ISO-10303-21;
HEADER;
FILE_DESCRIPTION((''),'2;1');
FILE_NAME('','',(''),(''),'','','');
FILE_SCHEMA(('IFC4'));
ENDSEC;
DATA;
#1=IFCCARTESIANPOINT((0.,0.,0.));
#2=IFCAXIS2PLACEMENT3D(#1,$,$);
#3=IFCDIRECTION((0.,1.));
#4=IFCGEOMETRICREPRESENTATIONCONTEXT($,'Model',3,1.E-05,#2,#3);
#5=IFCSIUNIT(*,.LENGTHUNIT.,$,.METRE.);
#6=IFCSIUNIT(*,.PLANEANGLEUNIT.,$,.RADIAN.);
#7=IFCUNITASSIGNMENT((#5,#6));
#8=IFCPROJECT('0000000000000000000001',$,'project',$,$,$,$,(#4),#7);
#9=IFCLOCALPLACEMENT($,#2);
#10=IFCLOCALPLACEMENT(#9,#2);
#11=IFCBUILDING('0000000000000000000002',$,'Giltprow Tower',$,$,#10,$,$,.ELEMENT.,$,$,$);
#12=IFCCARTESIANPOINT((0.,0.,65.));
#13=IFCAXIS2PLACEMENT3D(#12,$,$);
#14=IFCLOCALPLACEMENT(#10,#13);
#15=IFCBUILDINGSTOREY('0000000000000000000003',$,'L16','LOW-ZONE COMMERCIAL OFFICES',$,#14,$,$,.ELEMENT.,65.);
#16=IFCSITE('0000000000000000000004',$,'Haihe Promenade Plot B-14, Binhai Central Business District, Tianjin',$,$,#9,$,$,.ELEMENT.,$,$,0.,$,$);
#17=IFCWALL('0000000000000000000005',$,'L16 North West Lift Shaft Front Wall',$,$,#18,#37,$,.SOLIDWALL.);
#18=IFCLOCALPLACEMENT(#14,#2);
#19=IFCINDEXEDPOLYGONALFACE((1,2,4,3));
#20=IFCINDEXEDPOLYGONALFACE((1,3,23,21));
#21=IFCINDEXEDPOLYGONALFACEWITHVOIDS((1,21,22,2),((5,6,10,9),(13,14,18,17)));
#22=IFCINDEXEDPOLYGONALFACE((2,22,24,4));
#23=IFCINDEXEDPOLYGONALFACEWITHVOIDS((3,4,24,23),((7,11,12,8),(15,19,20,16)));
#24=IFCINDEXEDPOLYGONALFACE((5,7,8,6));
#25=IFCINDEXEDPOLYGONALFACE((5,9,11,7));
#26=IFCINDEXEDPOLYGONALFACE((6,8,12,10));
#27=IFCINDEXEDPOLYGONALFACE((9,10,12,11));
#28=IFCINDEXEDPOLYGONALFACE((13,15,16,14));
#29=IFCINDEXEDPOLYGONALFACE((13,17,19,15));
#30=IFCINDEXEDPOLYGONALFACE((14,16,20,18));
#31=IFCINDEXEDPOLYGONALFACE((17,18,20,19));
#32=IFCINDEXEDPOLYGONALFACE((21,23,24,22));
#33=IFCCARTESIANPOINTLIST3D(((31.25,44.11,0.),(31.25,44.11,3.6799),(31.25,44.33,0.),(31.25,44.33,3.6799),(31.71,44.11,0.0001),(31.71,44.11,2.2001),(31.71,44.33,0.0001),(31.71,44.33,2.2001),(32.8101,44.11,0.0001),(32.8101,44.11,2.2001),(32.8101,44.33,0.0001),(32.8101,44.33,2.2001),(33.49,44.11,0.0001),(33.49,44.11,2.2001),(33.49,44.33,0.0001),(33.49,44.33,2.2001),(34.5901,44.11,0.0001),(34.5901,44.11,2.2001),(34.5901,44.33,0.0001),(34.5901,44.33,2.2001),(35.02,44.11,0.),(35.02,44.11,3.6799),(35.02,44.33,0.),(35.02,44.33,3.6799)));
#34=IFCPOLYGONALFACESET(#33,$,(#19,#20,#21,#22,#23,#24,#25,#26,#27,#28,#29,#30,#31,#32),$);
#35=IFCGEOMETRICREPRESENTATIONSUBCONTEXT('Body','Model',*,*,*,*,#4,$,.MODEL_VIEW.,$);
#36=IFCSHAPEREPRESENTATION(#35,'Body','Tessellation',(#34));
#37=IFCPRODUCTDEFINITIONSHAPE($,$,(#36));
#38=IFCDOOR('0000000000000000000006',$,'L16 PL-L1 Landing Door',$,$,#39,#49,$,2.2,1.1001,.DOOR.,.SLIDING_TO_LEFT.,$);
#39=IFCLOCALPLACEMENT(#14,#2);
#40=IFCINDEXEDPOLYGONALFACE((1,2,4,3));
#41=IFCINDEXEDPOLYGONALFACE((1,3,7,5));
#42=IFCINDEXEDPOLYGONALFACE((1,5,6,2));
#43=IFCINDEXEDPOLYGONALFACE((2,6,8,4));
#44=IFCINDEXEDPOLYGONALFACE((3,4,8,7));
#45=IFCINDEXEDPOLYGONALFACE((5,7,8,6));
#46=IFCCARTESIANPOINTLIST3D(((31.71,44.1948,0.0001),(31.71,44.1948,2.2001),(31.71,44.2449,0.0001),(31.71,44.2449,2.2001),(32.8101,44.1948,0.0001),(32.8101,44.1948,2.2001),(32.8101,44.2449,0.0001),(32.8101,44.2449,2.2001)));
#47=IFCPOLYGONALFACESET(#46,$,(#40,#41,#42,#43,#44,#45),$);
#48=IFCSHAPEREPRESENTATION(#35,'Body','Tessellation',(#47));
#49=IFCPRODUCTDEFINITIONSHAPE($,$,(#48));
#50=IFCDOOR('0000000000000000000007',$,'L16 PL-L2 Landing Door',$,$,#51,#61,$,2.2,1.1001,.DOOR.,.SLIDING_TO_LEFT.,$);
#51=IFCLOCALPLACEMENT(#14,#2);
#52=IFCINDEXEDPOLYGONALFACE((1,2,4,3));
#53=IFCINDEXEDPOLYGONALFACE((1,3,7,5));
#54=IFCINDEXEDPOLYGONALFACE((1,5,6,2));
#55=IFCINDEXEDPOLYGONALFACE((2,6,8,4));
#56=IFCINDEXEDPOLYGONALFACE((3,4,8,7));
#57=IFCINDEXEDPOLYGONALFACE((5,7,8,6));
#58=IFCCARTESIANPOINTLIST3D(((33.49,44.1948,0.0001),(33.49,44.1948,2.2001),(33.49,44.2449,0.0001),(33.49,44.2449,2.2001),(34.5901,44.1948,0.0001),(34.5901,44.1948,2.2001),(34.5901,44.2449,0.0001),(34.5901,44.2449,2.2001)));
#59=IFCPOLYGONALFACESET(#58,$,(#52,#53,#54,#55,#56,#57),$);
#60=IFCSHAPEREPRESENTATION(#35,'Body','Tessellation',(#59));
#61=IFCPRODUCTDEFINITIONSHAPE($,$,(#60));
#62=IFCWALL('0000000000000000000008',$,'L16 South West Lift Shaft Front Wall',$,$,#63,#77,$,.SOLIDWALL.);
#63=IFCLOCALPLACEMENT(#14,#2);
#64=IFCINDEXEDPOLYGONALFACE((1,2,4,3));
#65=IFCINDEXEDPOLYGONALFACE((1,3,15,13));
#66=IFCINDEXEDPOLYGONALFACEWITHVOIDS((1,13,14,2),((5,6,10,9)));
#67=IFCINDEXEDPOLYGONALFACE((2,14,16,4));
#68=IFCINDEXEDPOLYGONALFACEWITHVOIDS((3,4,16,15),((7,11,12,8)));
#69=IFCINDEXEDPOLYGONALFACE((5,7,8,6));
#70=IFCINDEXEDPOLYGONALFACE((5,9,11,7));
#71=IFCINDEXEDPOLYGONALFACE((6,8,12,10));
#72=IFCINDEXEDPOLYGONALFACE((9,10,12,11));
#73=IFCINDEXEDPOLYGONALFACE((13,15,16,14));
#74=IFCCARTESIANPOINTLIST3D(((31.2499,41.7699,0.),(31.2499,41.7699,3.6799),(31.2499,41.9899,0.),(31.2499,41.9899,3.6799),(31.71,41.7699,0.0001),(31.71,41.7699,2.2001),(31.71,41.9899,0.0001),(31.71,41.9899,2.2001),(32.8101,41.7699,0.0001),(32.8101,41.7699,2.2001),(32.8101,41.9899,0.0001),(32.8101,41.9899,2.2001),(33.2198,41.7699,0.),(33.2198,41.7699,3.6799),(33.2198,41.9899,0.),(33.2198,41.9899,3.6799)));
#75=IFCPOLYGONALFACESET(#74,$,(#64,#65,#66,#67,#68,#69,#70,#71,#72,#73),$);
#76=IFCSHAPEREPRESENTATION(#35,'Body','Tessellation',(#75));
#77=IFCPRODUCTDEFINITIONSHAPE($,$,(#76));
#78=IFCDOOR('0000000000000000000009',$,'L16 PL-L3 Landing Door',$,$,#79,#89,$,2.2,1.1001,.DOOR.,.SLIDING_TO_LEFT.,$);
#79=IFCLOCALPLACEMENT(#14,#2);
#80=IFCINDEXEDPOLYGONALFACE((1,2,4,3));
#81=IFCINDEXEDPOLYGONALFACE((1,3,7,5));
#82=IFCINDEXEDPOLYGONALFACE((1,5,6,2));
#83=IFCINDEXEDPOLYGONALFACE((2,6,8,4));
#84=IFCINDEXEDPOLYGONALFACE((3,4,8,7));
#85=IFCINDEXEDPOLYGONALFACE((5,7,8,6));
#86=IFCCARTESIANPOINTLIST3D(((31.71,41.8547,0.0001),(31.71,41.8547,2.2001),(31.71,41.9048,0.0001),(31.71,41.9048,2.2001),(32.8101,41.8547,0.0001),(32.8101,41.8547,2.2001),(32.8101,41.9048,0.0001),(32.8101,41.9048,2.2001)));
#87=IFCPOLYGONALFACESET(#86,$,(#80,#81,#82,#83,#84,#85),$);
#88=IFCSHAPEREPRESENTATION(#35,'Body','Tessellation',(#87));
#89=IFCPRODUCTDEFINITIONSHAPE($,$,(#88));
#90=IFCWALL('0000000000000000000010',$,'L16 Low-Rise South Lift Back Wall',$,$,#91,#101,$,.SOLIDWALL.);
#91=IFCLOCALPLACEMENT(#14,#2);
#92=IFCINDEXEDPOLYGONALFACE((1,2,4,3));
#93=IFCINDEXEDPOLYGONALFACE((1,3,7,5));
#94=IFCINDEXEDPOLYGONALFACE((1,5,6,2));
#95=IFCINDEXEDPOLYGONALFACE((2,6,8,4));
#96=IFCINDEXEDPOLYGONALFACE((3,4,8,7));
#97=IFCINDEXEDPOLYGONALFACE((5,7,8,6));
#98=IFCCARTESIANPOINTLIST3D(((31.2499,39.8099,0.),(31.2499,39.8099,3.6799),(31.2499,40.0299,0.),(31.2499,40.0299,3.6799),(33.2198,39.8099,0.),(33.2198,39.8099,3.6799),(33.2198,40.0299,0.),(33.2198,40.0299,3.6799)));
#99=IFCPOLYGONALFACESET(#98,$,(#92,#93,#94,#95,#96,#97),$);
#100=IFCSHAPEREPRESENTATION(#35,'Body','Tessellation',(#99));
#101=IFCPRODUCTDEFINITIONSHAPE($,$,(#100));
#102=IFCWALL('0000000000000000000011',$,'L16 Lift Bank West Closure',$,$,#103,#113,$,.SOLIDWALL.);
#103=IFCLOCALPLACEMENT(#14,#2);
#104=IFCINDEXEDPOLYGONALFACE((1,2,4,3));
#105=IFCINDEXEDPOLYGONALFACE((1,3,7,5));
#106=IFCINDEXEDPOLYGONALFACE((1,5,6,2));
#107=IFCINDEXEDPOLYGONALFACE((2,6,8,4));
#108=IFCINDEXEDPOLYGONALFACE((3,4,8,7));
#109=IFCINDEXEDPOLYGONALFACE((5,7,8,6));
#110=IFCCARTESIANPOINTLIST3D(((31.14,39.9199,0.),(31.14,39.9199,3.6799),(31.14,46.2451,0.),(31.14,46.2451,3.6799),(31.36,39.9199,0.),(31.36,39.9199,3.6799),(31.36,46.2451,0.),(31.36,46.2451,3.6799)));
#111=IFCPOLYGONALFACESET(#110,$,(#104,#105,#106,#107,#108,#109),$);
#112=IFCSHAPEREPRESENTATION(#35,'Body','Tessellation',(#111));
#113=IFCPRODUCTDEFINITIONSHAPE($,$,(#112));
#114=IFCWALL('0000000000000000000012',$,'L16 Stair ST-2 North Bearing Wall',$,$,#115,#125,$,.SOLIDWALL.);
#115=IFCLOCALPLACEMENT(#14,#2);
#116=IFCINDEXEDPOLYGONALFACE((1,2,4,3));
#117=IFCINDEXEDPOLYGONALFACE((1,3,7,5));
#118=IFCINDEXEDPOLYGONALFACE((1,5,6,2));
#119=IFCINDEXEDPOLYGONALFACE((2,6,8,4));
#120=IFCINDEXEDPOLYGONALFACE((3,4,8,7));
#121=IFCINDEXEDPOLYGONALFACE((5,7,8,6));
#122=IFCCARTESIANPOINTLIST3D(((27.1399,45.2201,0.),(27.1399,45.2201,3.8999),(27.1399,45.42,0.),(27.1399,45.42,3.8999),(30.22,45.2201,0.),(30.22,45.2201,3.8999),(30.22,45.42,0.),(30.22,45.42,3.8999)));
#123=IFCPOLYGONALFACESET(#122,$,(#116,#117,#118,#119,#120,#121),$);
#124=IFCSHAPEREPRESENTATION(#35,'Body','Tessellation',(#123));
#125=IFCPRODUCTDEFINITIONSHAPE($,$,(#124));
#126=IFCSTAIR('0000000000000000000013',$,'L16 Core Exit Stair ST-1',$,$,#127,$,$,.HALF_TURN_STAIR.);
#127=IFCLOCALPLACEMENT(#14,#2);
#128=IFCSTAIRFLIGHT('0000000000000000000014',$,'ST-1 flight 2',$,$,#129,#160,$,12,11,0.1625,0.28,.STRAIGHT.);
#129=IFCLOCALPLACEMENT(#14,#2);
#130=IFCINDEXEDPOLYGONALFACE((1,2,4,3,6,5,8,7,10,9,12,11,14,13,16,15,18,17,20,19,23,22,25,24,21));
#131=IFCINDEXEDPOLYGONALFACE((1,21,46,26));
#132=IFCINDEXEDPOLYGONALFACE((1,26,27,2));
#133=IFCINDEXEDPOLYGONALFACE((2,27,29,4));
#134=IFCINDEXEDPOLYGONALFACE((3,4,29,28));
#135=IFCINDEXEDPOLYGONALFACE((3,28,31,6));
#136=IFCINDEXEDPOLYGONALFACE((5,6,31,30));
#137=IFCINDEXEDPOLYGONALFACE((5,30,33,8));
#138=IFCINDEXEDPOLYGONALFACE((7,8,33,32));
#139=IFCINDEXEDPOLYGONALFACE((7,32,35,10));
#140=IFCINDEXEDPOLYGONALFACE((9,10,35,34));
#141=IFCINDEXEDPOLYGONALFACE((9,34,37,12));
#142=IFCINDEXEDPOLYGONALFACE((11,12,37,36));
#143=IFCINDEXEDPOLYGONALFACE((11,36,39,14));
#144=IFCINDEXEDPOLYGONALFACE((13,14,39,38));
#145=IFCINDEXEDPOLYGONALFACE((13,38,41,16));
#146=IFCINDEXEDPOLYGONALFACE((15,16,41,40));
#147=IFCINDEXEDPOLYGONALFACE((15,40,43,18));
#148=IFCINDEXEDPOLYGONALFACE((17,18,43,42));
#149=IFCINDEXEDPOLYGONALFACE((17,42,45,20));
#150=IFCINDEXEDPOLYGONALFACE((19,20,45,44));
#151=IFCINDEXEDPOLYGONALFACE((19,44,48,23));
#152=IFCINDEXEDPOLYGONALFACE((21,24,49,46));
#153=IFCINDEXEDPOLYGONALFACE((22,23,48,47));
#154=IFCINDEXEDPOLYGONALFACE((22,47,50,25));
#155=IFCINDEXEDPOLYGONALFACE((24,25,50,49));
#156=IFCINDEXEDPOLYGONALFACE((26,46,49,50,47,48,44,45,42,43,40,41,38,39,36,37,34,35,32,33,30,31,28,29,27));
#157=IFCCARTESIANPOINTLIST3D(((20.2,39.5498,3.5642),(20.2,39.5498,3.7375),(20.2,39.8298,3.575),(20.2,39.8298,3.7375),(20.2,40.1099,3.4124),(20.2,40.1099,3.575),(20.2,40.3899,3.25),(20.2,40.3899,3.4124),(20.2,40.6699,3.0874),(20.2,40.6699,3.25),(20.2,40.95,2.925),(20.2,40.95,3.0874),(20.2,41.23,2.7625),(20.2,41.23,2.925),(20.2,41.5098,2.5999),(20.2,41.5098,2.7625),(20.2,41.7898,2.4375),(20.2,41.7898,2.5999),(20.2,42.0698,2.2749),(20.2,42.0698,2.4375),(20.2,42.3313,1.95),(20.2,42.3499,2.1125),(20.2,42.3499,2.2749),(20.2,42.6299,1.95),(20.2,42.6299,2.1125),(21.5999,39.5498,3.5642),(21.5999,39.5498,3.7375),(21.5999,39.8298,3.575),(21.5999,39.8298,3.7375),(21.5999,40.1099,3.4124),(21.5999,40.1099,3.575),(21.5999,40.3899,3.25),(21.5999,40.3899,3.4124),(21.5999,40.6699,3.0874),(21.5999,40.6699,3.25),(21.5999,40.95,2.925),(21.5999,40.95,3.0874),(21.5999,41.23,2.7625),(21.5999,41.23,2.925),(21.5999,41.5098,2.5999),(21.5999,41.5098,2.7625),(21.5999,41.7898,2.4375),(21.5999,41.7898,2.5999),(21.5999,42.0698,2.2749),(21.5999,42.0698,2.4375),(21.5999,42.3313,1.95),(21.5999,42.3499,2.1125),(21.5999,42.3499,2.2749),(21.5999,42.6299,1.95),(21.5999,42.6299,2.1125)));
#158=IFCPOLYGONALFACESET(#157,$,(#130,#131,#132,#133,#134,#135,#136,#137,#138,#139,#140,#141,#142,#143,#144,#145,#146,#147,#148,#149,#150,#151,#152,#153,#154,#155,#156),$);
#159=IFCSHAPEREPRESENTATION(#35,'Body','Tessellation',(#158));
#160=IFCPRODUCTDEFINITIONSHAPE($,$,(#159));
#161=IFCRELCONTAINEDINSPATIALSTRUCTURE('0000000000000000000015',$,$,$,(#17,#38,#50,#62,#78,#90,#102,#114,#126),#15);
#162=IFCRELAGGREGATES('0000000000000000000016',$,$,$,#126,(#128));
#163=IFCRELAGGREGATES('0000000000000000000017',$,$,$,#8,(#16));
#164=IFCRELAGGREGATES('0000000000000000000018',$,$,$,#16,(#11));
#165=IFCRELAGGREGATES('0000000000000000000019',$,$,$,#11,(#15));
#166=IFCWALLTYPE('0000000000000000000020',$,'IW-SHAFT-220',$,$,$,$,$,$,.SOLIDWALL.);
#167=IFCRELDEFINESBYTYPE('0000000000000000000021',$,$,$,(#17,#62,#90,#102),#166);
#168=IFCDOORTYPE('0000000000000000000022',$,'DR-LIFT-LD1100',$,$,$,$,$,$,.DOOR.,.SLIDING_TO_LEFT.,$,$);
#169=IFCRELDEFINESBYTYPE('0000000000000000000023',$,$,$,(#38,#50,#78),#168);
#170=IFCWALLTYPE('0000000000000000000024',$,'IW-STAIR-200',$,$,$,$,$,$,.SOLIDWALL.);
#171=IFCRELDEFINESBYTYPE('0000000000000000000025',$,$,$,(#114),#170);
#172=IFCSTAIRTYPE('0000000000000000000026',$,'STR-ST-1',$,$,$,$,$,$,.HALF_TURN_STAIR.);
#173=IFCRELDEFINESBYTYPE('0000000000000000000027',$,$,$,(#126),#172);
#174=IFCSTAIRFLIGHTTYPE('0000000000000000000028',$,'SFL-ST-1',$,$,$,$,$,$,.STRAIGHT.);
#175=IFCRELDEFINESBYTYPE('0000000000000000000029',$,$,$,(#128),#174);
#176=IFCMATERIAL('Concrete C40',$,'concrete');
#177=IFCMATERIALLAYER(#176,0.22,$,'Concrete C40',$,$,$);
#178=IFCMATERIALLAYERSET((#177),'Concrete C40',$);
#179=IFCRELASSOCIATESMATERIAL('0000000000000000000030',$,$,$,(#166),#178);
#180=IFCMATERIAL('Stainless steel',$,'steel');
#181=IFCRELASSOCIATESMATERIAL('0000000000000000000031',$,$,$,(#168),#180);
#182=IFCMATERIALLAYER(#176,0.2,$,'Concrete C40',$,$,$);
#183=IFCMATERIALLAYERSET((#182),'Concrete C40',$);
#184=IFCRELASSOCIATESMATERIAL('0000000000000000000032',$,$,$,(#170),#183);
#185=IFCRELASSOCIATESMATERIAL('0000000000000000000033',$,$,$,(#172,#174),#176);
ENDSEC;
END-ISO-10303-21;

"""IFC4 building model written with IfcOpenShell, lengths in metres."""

from ifc_helpers import new_model, si_unit, direction, frame, frame_2d, origin, place, context, subcontext, project, spatial, polyline, rectangle, outline, extrude, source, transform, mapped, material, layer, layer_set, type_object, element, fill, aggregate, save


model = new_model("IFC4")

# Units and contexts
model_context = context("Model", 3, precision=1e-05, world=origin(), true_north=direction((0.0, 1.0)))
body_context = subcontext(model_context, "Body", "Model", "MODEL_VIEW")
ifc_project = project(units=[si_unit("LENGTHUNIT", "METRE"), si_unit("PLANEANGLEUNIT", "RADIAN")], contexts=[model_context])

# Site, building, storey
site_placement = place(None, origin())
site = spatial("IfcSite", under=ifc_project, at=site_placement, Name="Haihe Promenade Plot B-14, Binhai Central Business District, Tianjin", CompositionType="ELEMENT", RefElevation=0.0)
building_placement = place(site_placement, origin())
building = spatial("IfcBuilding", under=site, at=building_placement, Name="Giltprow Tower", CompositionType="ELEMENT")
storey_placement = place(building_placement, frame((0.0, 0.0, 65.0)))
storey = spatial("IfcBuildingStorey", under=building, at=storey_placement, Name="L16", Description="LOW-ZONE COMMERCIAL OFFICES", CompositionType="ELEMENT", Elevation=65.0)

# Shared definitions
ifc_material_1 = material(Name="Concrete C40", Category="concrete")
ifc_layer_1 = layer(ifc_material_1, 0.22, Name="Concrete C40")
ifc_layer_set_1 = layer_set([ifc_layer_1], Name="Concrete C40")
wall_type_1 = type_object("IfcWallType", Name="IW-SHAFT-220", PredefinedType="SOLIDWALL", material=ifc_layer_set_1)
ifc_material_2 = material(Name="Stainless steel", Category="steel")
door_type = type_object("IfcDoorType", Name="DR-LIFT-LD1100", OperationType="SLIDING_TO_LEFT", PredefinedType="DOOR", material=ifc_material_2)
shared_shape_1 = source(origin(), body_context, "Body", "SweptSolid", [
    extrude(rectangle(XDim=1.1001, YDim=2.2, at=frame_2d((0.55, 1.1001))), frame((0.0, 0.0249, 0.0), z_axis=(0.0, -1.0, 0.0), x_axis=(1.0, 0.0, 0.0)), (0.0, 0.0, 1.0), 0.05),
])

# Wall, openings, doors
wall_1_placement = place(storey_placement, frame((31.25, 44.22, 0.0), z_axis=(0.0, 0.0, 1.0), x_axis=(1.0, 0.0, 0.0)))
wall_1 = element("IfcWall", 1, at=wall_1_placement, inside=storey, type_object=wall_type_1, Name="L16 North West Lift Shaft Front Wall", PredefinedType="SOLIDWALL", context=body_context, shape_type="SweptSolid", body=[
    extrude(rectangle(XDim=3.77, YDim=0.22, at=frame_2d((1.885, 0.0))), origin(), (0.0, 0.0, 1.0), 3.6799),
])
opening_1_placement = place(wall_1_placement, frame((0.46, 0.0, 0.0)))
opening_1 = element("IfcOpeningElement", 2, at=opening_1_placement, cuts=wall_1, PredefinedType="OPENING", context=body_context, shape_type="SweptSolid", body=[
    extrude(rectangle(XDim=1.1001, YDim=2.2, at=frame_2d((0.55, 1.1001))), frame((0.0, 0.1199, 0.0), z_axis=(0.0, -1.0, 0.0), x_axis=(1.0, 0.0, 0.0)), (0.0, 0.0, 1.0), 0.24),
])
opening_2_placement = place(wall_1_placement, frame((2.24, 0.0, 0.0)))
opening_2 = element("IfcOpeningElement", 3, at=opening_2_placement, cuts=wall_1, PredefinedType="OPENING", context=body_context, shape_type="SweptSolid", body=[
    extrude(rectangle(XDim=1.1001, YDim=2.2, at=frame_2d((0.55, 1.1001))), frame((0.0, 0.1199, 0.0), z_axis=(0.0, -1.0, 0.0), x_axis=(1.0, 0.0, 0.0)), (0.0, 0.0, 1.0), 0.24),
])
door_1_placement = place(opening_1_placement, origin())
door_1 = element("IfcDoor", 4, at=door_1_placement, inside=storey, type_object=door_type, Name="L16 PL-L1 Landing Door", OperationType="SLIDING_TO_LEFT", OverallHeight=2.2, OverallWidth=1.1001, PredefinedType="DOOR", context=body_context, shape_type="MappedRepresentation", body=[
    mapped(shared_shape_1, transform((0.0, 0.0, 0.0), x_axis=(1.0, 0.0, 0.0), y_axis=(0.0, 1.0, 0.0), z_axis=(0.0, 0.0, 1.0), scale=1.0)),
])
fill(opening_1, door_1)
door_2_placement = place(opening_2_placement, origin())
door_2 = element("IfcDoor", 5, at=door_2_placement, inside=storey, type_object=door_type, Name="L16 PL-L2 Landing Door", OperationType="SLIDING_TO_LEFT", OverallHeight=2.2, OverallWidth=1.1001, PredefinedType="DOOR", context=body_context, shape_type="MappedRepresentation", body=[
    mapped(shared_shape_1, transform((0.0, 0.0, 0.0), x_axis=(1.0, 0.0, 0.0), y_axis=(0.0, 1.0, 0.0), z_axis=(0.0, 0.0, 1.0), scale=1.0)),
])
fill(opening_2, door_2)

# Wall, opening, door
wall_2_placement = place(storey_placement, frame((31.25, 41.8799, 0.0), z_axis=(0.0, 0.0, 1.0), x_axis=(1.0, 0.0, 0.0)))
wall_2 = element("IfcWall", 6, at=wall_2_placement, inside=storey, type_object=wall_type_1, Name="L16 South West Lift Shaft Front Wall", PredefinedType="SOLIDWALL", context=body_context, shape_type="SweptSolid", body=[
    extrude(rectangle(XDim=1.97, YDim=0.22, at=frame_2d((0.9849, 0.0))), origin(), (0.0, 0.0, 1.0), 3.6799),
])
opening_3_placement = place(wall_2_placement, frame((0.46, 0.0, 0.0)))
opening_3 = element("IfcOpeningElement", 7, at=opening_3_placement, cuts=wall_2, PredefinedType="OPENING", context=body_context, shape_type="SweptSolid", body=[
    extrude(rectangle(XDim=1.1001, YDim=2.2, at=frame_2d((0.55, 1.1001))), frame((0.0, 0.1199, 0.0), z_axis=(0.0, -1.0, 0.0), x_axis=(1.0, 0.0, 0.0)), (0.0, 0.0, 1.0), 0.24),
])
door_3_placement = place(opening_3_placement, origin())
door_3 = element("IfcDoor", 8, at=door_3_placement, inside=storey, type_object=door_type, Name="L16 PL-L3 Landing Door", OperationType="SLIDING_TO_LEFT", OverallHeight=2.2, OverallWidth=1.1001, PredefinedType="DOOR", context=body_context, shape_type="MappedRepresentation", body=[
    mapped(shared_shape_1, transform((0.0, 0.0, 0.0), x_axis=(1.0, 0.0, 0.0), y_axis=(0.0, 1.0, 0.0), z_axis=(0.0, 0.0, 1.0), scale=1.0)),
])
fill(opening_3, door_3)

# Walls
wall_3_placement = place(storey_placement, frame((31.25, 39.9199, 0.0), z_axis=(0.0, 0.0, 1.0), x_axis=(1.0, 0.0, 0.0)))
element("IfcWall", 9, at=wall_3_placement, inside=storey, type_object=wall_type_1, Name="L16 Low-Rise South Lift Back Wall", PredefinedType="SOLIDWALL", context=body_context, shape_type="SweptSolid", body=[
    extrude(rectangle(XDim=1.97, YDim=0.22, at=frame_2d((0.9849, 0.0))), origin(), (0.0, 0.0, 1.0), 3.6799),
])
wall_4_placement = place(storey_placement, frame((31.25, 39.9199, 0.0), z_axis=(0.0, 0.0, 1.0), x_axis=(0.0, 1.0, 0.0)))
element("IfcWall", 10, at=wall_4_placement, inside=storey, type_object=wall_type_1, Name="L16 Lift Bank West Closure", PredefinedType="SOLIDWALL", context=body_context, shape_type="SweptSolid", body=[
    extrude(rectangle(XDim=6.3252, YDim=0.22, at=frame_2d((3.1626, 0.0))), origin(), (0.0, 0.0, 1.0), 3.6799),
])
ifc_layer_2 = layer(ifc_material_1, 0.2, Name="Concrete C40")
ifc_layer_set_2 = layer_set([ifc_layer_2], Name="Concrete C40")
wall_type_2 = type_object("IfcWallType", Name="IW-STAIR-200", PredefinedType="SOLIDWALL", material=ifc_layer_set_2)
wall_5_placement = place(storey_placement, frame((27.1399, 45.3201, 0.0), z_axis=(0.0, 0.0, 1.0), x_axis=(1.0, 0.0, 0.0)))
element("IfcWall", 11, at=wall_5_placement, inside=storey, type_object=wall_type_2, Name="L16 Stair ST-2 North Bearing Wall", PredefinedType="SOLIDWALL", context=body_context, shape_type="SweptSolid", body=[
    extrude(rectangle(XDim=3.0801, YDim=0.2, at=frame_2d((1.54, 0.0))), origin(), (0.0, 0.0, 1.0), 3.8999),
])

# Stair, stair flight
stair_type_1 = type_object("IfcStairType", Name="STR-ST-1", PredefinedType="HALF_TURN_STAIR", material=ifc_material_1)
stair_1_placement = place(storey_placement, origin())
stair_1 = element("IfcStair", 12, at=stair_1_placement, inside=storey, type_object=stair_type_1, Name="L16 Core Exit Stair ST-1", PredefinedType="HALF_TURN_STAIR")
stair_flight_type_1 = type_object("IfcStairFlightType", Name="SFL-ST-1", PredefinedType="STRAIGHT", material=ifc_material_1)
stair_flight_1_placement = place(storey_placement, frame((20.8999, 42.6299, 1.95), z_axis=(0.0, 0.0, 1.0), x_axis=(0.0, -1.0, 0.0)))
stair_flight_1 = element("IfcStairFlight", 13, at=stair_flight_1_placement, type_object=stair_flight_type_1, Name="ST-1 flight 2", NumberOfRisers=12, NumberOfTreads=11, PredefinedType="STRAIGHT", RiserHeight=0.1625, TreadLength=0.28, context=body_context, shape_type="SweptSolid", body=[
    extrude(outline(polyline([(0.0, 0.0), (0.0, 0.1626), (0.28, 0.1626), (0.28, 0.325), (0.5601, 0.325), (0.5601, 0.4875), (0.8401, 0.4875), (0.8401, 0.6499), (1.1201, 0.6499), (1.1201, 0.8125), (1.3999, 0.8125), (1.3999, 0.9751), (1.6799, 0.9751), (1.6799, 1.1375), (1.96, 1.1375), (1.96, 1.3), (2.24, 1.3), (2.24, 1.4624), (2.52, 1.4624), (2.52, 1.625), (2.8, 1.625), (2.8, 1.7876), (3.0801, 1.7876), (3.0801, 1.95), (3.0801, 1.6143), (0.2986, 0.0), (0.0, 0.0)])), frame((0.0, 0.7, 0.0), z_axis=(0.0, -1.0, 0.0), x_axis=(1.0, 0.0, 0.0)), (0.0, 0.0, 1.0), 1.3999),
])
aggregate(stair_1, [stair_flight_1])

save(model, "model.ifc")
